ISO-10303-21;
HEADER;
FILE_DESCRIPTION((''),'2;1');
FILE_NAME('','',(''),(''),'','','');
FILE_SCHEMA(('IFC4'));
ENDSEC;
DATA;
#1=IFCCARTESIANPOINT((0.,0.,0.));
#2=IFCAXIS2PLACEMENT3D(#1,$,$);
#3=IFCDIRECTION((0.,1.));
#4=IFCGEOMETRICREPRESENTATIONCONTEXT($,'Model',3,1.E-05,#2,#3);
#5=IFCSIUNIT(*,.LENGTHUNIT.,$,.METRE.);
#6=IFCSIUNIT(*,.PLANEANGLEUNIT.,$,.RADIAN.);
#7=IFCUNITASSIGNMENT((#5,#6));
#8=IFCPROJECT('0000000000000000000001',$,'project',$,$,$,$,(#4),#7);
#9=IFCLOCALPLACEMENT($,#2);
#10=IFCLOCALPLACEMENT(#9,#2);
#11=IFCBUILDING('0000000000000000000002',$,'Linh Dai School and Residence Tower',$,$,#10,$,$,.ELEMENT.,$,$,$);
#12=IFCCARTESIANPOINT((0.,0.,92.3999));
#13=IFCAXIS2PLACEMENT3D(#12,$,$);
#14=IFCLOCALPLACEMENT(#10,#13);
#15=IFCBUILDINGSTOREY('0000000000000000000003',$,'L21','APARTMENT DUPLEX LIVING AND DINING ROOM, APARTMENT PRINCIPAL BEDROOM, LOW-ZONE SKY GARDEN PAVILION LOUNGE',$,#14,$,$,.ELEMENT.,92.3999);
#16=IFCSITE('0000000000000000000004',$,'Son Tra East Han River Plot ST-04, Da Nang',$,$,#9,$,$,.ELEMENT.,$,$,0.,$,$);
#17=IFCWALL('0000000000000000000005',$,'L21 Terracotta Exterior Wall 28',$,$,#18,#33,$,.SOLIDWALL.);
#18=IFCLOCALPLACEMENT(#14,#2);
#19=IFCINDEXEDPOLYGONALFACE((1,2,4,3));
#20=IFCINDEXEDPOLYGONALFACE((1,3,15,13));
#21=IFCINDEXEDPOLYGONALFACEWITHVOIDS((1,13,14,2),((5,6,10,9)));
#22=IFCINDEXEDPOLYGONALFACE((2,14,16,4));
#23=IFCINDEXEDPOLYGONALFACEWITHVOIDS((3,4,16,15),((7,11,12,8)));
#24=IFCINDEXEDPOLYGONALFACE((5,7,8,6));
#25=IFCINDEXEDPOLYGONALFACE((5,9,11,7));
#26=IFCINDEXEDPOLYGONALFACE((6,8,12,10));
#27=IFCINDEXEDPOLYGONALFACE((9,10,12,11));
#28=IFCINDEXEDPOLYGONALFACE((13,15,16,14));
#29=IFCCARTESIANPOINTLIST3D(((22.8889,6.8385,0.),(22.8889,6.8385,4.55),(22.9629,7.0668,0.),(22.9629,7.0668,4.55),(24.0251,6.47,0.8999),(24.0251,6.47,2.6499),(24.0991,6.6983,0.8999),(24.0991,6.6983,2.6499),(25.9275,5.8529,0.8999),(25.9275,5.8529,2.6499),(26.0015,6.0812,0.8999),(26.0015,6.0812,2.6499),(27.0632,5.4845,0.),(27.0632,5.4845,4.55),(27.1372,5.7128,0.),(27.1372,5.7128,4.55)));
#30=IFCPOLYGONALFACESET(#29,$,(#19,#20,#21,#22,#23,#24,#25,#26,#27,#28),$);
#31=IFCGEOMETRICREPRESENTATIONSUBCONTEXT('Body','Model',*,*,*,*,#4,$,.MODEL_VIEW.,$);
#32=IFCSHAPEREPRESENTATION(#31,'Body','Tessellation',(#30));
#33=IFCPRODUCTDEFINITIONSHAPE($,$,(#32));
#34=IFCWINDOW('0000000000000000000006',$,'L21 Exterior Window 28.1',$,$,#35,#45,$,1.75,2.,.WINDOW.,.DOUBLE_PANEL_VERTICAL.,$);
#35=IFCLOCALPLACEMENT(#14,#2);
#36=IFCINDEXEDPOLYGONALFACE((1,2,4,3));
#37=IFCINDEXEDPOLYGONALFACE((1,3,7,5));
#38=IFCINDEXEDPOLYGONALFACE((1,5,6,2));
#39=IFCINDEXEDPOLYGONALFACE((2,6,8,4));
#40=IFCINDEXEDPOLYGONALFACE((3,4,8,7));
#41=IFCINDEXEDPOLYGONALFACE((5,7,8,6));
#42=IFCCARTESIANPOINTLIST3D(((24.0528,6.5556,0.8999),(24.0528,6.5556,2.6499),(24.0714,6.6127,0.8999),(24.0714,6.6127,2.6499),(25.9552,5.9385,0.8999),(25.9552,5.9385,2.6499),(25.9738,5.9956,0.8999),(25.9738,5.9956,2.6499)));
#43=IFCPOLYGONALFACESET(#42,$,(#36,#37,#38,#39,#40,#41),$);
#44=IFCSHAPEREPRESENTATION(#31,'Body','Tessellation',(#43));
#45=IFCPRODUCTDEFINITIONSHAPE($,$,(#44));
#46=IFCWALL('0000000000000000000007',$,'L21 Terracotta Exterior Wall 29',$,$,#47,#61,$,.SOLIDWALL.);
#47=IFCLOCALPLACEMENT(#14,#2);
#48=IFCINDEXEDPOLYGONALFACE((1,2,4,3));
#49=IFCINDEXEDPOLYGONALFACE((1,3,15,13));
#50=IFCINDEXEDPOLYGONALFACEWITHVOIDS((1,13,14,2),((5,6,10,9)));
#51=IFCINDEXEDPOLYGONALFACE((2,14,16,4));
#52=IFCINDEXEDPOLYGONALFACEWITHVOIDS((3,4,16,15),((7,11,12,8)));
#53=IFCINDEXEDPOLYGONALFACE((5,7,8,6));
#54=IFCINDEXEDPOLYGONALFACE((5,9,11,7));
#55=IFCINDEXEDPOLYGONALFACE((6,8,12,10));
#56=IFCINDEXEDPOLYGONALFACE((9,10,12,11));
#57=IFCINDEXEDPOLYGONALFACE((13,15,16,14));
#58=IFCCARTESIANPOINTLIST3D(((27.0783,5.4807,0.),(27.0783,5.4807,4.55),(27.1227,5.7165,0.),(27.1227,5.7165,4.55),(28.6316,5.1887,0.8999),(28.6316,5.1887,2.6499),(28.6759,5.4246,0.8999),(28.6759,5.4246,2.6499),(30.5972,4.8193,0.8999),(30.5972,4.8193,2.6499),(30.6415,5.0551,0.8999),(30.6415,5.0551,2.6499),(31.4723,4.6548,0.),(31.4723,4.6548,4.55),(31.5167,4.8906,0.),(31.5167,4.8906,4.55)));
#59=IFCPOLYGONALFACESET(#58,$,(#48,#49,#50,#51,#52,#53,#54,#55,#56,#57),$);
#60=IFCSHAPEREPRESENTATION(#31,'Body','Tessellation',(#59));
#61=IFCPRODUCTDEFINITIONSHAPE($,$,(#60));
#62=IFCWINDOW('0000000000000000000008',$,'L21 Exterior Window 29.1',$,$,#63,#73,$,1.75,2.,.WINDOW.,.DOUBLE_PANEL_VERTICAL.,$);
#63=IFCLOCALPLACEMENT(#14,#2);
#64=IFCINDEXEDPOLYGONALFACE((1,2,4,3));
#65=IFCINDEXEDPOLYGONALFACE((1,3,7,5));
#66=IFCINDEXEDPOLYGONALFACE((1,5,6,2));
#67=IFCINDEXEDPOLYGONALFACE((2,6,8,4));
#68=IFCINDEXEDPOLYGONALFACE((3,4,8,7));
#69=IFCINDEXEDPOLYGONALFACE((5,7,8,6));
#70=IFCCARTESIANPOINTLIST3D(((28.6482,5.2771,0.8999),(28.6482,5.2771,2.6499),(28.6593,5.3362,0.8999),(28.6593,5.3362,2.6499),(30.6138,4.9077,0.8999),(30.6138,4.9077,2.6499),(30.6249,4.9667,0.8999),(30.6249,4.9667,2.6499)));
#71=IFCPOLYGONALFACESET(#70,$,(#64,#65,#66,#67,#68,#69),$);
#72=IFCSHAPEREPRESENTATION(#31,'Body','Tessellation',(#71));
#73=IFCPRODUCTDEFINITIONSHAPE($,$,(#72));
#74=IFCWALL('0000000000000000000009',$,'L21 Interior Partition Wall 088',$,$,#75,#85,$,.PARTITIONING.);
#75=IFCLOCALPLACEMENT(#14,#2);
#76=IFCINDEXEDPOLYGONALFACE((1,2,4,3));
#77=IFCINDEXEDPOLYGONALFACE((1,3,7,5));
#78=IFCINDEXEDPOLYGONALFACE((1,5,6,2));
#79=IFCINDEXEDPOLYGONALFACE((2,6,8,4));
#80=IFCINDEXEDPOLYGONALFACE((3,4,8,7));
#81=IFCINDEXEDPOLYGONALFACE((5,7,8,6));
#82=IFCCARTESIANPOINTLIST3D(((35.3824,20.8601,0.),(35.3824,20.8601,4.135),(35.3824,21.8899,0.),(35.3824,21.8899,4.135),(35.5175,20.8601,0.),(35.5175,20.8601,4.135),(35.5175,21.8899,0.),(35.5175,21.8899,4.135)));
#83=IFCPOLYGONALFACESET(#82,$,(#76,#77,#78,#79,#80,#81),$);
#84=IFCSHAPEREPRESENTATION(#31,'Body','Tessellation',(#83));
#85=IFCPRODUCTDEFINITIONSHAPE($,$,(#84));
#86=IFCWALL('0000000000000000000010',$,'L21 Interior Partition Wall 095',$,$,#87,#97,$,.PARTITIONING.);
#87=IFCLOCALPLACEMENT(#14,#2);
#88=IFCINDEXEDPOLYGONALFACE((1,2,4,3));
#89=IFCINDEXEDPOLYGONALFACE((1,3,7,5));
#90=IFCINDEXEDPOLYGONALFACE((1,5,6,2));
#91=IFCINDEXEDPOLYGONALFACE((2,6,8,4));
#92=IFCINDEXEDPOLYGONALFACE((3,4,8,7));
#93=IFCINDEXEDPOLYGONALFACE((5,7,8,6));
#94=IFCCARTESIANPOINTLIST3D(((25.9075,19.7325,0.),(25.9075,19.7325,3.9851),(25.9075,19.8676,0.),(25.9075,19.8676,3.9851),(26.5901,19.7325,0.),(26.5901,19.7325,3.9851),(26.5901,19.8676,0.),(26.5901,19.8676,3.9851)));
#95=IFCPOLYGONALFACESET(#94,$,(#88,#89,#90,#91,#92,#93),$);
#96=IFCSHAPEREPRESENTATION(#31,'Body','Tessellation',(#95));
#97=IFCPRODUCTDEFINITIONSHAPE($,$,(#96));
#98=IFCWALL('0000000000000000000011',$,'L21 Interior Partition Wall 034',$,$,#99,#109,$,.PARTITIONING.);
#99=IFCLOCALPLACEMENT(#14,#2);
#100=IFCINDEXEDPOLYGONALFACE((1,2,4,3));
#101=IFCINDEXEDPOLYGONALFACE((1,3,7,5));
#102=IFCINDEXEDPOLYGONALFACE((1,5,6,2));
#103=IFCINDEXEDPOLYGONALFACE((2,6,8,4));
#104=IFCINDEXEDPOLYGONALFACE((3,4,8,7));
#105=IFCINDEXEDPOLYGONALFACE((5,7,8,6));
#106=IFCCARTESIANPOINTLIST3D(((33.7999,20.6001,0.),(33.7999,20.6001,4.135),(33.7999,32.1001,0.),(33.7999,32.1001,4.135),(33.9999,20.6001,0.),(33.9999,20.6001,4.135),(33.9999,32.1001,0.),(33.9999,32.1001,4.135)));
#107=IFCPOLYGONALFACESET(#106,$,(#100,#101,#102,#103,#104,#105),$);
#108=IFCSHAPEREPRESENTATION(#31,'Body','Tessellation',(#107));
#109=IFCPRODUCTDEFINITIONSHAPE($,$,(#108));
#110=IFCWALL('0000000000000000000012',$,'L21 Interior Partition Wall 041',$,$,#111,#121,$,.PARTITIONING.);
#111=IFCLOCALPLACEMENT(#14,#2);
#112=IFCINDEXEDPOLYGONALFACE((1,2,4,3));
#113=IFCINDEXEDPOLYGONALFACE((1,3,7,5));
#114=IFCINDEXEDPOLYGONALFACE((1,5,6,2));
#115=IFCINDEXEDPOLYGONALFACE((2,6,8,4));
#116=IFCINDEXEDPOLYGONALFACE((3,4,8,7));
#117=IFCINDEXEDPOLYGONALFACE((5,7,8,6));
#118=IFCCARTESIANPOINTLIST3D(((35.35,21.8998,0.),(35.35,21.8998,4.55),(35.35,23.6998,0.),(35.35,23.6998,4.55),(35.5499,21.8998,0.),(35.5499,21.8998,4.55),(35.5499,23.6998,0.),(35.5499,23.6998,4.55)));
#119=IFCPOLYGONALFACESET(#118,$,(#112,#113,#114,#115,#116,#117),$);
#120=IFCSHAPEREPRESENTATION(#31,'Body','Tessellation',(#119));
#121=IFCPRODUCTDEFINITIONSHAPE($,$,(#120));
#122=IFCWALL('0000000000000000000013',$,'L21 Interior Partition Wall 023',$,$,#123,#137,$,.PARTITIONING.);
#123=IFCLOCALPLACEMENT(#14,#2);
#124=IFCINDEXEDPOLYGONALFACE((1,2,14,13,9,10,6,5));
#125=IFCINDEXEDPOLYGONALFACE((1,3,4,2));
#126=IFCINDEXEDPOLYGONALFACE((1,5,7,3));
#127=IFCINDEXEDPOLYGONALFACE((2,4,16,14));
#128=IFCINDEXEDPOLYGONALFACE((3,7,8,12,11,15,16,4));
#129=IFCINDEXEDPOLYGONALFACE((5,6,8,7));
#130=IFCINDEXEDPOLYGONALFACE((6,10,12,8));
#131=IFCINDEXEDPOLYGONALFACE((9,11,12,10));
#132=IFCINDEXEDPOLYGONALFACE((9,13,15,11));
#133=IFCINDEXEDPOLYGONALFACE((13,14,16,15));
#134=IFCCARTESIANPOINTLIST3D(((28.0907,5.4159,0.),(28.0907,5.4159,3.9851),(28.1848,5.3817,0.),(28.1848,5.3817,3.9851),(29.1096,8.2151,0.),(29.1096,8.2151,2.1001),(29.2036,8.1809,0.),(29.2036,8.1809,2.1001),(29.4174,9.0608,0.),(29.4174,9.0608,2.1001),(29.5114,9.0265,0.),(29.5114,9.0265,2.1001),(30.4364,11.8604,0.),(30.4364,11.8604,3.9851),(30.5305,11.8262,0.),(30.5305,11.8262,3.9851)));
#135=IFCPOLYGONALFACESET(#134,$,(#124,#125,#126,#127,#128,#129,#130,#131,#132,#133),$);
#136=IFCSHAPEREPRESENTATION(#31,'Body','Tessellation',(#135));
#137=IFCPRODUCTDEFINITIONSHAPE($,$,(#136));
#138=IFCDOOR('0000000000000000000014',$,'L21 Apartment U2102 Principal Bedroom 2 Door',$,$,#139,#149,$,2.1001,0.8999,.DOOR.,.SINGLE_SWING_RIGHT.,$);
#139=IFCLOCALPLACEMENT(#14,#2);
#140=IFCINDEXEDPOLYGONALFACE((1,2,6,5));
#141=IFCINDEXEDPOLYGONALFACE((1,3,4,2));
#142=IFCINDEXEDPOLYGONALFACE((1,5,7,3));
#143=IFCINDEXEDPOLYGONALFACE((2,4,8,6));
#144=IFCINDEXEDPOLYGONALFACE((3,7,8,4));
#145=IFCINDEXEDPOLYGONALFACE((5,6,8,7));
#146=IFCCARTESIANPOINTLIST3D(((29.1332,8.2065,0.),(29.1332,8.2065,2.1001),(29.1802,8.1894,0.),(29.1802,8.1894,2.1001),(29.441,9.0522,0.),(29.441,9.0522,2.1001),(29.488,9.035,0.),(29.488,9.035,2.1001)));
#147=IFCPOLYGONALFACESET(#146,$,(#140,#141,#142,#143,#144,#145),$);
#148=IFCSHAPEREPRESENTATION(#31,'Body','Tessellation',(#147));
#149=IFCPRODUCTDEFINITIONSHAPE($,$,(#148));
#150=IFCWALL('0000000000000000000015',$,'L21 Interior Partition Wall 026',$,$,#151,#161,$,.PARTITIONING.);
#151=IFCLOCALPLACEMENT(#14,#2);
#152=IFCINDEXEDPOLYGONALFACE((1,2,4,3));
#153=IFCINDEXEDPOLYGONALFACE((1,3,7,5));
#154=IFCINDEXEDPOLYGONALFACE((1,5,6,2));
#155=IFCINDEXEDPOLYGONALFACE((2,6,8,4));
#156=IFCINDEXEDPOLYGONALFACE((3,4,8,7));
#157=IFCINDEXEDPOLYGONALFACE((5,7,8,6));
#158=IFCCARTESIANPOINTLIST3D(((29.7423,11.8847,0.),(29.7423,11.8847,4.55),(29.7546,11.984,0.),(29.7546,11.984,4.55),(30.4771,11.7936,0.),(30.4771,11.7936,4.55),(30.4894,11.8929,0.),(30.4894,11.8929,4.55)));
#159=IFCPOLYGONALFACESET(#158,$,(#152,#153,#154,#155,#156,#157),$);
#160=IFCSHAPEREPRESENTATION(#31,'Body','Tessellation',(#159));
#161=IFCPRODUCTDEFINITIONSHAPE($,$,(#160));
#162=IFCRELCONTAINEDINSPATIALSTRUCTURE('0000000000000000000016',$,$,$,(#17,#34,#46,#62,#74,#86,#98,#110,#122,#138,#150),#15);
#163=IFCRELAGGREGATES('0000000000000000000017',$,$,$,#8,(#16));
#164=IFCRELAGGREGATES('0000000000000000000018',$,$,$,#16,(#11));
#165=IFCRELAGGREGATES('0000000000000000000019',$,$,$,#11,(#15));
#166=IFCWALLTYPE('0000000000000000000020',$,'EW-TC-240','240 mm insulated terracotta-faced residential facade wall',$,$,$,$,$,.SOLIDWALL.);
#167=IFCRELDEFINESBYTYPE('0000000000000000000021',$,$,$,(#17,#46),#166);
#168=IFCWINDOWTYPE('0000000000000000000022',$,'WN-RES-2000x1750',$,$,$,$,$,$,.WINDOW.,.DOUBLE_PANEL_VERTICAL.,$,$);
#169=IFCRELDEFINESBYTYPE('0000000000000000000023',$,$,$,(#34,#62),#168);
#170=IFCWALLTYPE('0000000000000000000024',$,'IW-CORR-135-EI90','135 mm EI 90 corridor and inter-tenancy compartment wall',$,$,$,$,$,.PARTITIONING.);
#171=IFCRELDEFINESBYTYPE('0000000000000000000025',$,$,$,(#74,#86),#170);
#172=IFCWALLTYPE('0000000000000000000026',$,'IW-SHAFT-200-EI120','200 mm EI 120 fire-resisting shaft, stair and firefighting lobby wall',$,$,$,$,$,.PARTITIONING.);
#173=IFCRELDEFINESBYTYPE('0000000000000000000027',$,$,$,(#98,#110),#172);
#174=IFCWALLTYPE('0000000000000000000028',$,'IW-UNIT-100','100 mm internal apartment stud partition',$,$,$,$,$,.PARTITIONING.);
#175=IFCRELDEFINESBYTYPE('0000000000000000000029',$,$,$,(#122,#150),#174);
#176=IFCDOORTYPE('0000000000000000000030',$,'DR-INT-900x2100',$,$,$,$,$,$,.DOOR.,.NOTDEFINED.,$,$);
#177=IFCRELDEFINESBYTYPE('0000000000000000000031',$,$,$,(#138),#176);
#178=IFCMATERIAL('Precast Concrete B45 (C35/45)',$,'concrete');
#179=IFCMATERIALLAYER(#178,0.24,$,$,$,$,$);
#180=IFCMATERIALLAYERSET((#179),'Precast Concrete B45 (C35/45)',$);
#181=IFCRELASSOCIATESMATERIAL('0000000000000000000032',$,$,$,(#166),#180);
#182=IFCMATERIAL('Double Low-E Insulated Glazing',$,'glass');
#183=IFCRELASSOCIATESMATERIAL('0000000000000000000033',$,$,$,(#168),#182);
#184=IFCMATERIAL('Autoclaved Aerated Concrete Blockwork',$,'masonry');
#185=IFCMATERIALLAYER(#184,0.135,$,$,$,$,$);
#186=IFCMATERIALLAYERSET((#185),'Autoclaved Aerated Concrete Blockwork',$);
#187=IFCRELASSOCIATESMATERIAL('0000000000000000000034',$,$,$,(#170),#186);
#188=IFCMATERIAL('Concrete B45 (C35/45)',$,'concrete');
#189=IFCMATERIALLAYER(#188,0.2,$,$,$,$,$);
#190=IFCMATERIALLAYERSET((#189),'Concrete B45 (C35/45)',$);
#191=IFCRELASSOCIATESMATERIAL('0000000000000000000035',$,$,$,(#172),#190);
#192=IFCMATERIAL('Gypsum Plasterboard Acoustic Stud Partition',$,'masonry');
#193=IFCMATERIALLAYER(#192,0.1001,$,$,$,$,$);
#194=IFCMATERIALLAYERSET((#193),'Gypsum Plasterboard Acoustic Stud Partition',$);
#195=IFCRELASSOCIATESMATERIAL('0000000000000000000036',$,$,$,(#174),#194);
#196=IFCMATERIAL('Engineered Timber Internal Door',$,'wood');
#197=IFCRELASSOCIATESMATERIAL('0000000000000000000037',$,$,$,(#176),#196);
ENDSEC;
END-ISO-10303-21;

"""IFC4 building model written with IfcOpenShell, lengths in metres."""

from ifc_helpers import new_model, si_unit, direction, frame, frame_2d, origin, origin_2d, place, context, subcontext, project, spatial, rectangle, extrude, source, transform, mapped, material, layer, layer_set, type_object, element, fill, save


model = new_model("IFC4")

# Units and contexts
model_context = context("Model", 3, precision=1e-05, world=origin(), true_north=direction((0.0, 1.0)))
body_context = subcontext(model_context, "Body", "Model", "MODEL_VIEW")
ifc_project = project(units=[si_unit("LENGTHUNIT", "METRE"), si_unit("PLANEANGLEUNIT", "RADIAN")], contexts=[model_context])

# Site, building, storey
site_placement = place(None, origin())
site = spatial("IfcSite", under=ifc_project, at=site_placement, Name="Son Tra East Han River Plot ST-04, Da Nang", CompositionType="ELEMENT", RefElevation=0.0)
building_placement = place(site_placement, origin())
building = spatial("IfcBuilding", under=site, at=building_placement, Name="Linh Dai School and Residence Tower", CompositionType="ELEMENT")
storey_placement = place(building_placement, frame((0.0, 0.0, 92.3999)))
storey = spatial("IfcBuildingStorey", under=building, at=storey_placement, Name="L21", Description="APARTMENT DUPLEX LIVING AND DINING ROOM, APARTMENT PRINCIPAL BEDROOM, LOW-ZONE SKY GARDEN PAVILION LOUNGE", CompositionType="ELEMENT", Elevation=92.3999)

# Shared definitions
ifc_material_1 = material(Name="Precast Concrete B45 (C35/45)", Category="concrete")

# Walls, openings, windows
ifc_layer_1 = layer(ifc_material_1, 0.24)
ifc_layer_set_1 = layer_set([ifc_layer_1], Name="Precast Concrete B45 (C35/45)")
wall_type_1 = type_object("IfcWallType", Name="EW-TC-240", Description="240 mm insulated terracotta-faced residential facade wall", PredefinedType="SOLIDWALL", material=ifc_layer_set_1)
wall_1_placement = place(storey_placement, frame((27.1003, 5.5986, 0.0), z_axis=(0.0, 0.0, 1.0), x_axis=(-0.951211, 0.30854, 0.0)))
wall_1 = element("IfcWall", 1, at=wall_1_placement, inside=storey, type_object=wall_type_1, Name="L21 Terracotta Exterior Wall 28", PredefinedType="SOLIDWALL", context=body_context, shape_type="SweptSolid", body=[
    extrude(rectangle(XDim=4.3884, YDim=0.24, at=frame_2d((2.1943, 0.0))), origin(), (0.0, 0.0, 1.0), 4.55),
])
opening_1_placement = place(wall_1_placement, frame((1.1941, 0.0, 0.8999)))
opening_1 = element("IfcOpeningElement", 2, at=opening_1_placement, cuts=wall_1, PredefinedType="OPENING", context=body_context, shape_type="SweptSolid", body=[
    extrude(rectangle(XDim=2.0, YDim=1.75, at=origin_2d()), frame((1.0, 0.1299, 0.875), z_axis=(0.0, -1.0, 0.0), x_axis=(1.0, 0.0, 0.0)), (0.0, 0.0, 1.0), 0.26),
])
ifc_material_2 = material(Name="Double Low-E Insulated Glazing", Category="glass")
window_type = type_object("IfcWindowType", Name="WN-RES-2000x1750", PartitioningType="DOUBLE_PANEL_VERTICAL", PredefinedType="WINDOW", material=ifc_material_2)
shared_shape_1 = source(origin(), body_context, "Body", "SweptSolid", [
    extrude(rectangle(XDim=2.0, YDim=1.75, at=origin_2d()), frame((1.0, 0.03, 0.875), z_axis=(0.0, -1.0, 0.0), x_axis=(1.0, 0.0, 0.0)), (0.0, 0.0, 1.0), 0.0601),
])
window_1_placement = place(opening_1_placement, origin())
window_1 = element("IfcWindow", 3, at=window_1_placement, inside=storey, type_object=window_type, Name="L21 Exterior Window 28.1", OverallHeight=1.75, OverallWidth=2.0, PartitioningType="DOUBLE_PANEL_VERTICAL", PredefinedType="WINDOW", context=body_context, shape_type="MappedRepresentation", body=[
    mapped(shared_shape_1, transform((0.0, 0.0, 0.0), x_axis=(1.0, 0.0, 0.0), y_axis=(0.0, 1.0, 0.0), z_axis=(0.0, 0.0, 1.0), scale=1.0)),
])
fill(opening_1, window_1)
wall_2_placement = place(storey_placement, frame((31.4944, 4.7727, 0.0), z_axis=(0.0, 0.0, 1.0), x_axis=(-0.982789, 0.18473, 0.0)))
wall_2 = element("IfcWall", 4, at=wall_2_placement, inside=storey, type_object=wall_type_1, Name="L21 Terracotta Exterior Wall 29", PredefinedType="SOLIDWALL", context=body_context, shape_type="SweptSolid", body=[
    extrude(rectangle(XDim=4.4709, YDim=0.24, at=frame_2d((2.2354, 0.0))), origin(), (0.0, 0.0, 1.0), 4.55),
])
opening_2_placement = place(wall_2_placement, frame((0.8904, 0.0, 0.8999)))
opening_2 = element("IfcOpeningElement", 5, at=opening_2_placement, cuts=wall_2, PredefinedType="OPENING", context=body_context, shape_type="SweptSolid", body=[
    extrude(rectangle(XDim=2.0, YDim=1.75, at=origin_2d()), frame((1.0, 0.1299, 0.875), z_axis=(0.0, -1.0, 0.0), x_axis=(1.0, 0.0, 0.0)), (0.0, 0.0, 1.0), 0.26),
])
window_2_placement = place(opening_2_placement, origin())
window_2 = element("IfcWindow", 6, at=window_2_placement, inside=storey, type_object=window_type, Name="L21 Exterior Window 29.1", OverallHeight=1.75, OverallWidth=2.0, PartitioningType="DOUBLE_PANEL_VERTICAL", PredefinedType="WINDOW", context=body_context, shape_type="MappedRepresentation", body=[
    mapped(shared_shape_1, transform((0.0, 0.0, 0.0), x_axis=(1.0, 0.0, 0.0), y_axis=(0.0, 1.0, 0.0), z_axis=(0.0, 0.0, 1.0), scale=1.0)),
])
fill(opening_2, window_2)

# Walls
ifc_material_3 = material(Name="Autoclaved Aerated Concrete Blockwork", Category="masonry")
ifc_layer_2 = layer(ifc_material_3, 0.135)
ifc_layer_set_2 = layer_set([ifc_layer_2], Name="Autoclaved Aerated Concrete Blockwork")
wall_type_2 = type_object("IfcWallType", Name="IW-CORR-135-EI90", Description="135 mm EI 90 corridor and inter-tenancy compartment wall", PredefinedType="PARTITIONING", material=ifc_layer_set_2)
wall_3_placement = place(storey_placement, frame((35.45, 21.8899, 0.0), z_axis=(0.0, 0.0, 1.0), x_axis=(0.0, -1.0, 0.0)))
element("IfcWall", 7, at=wall_3_placement, inside=storey, type_object=wall_type_2, Name="L21 Interior Partition Wall 088", PredefinedType="PARTITIONING", context=body_context, shape_type="SweptSolid", body=[
    extrude(rectangle(XDim=1.0298, YDim=0.135, at=frame_2d((0.5149, 0.0))), origin(), (0.0, 0.0, 1.0), 4.135),
])
wall_4_placement = place(storey_placement, frame((25.9075, 19.8, 0.0), z_axis=(0.0, 0.0, 1.0), x_axis=(1.0, 0.0, 0.0)))
element("IfcWall", 8, at=wall_4_placement, inside=storey, type_object=wall_type_2, Name="L21 Interior Partition Wall 095", PredefinedType="PARTITIONING", context=body_context, shape_type="SweptSolid", body=[
    extrude(rectangle(XDim=0.6826, YDim=0.135, at=frame_2d((0.3413, 0.0))), origin(), (0.0, 0.0, 1.0), 3.9851),
])
ifc_material_4 = material(Name="Concrete B45 (C35/45)", Category="concrete")
ifc_layer_3 = layer(ifc_material_4, 0.2)
ifc_layer_set_3 = layer_set([ifc_layer_3], Name="Concrete B45 (C35/45)")
wall_type_3 = type_object("IfcWallType", Name="IW-SHAFT-200-EI120", Description="200 mm EI 120 fire-resisting shaft, stair and firefighting lobby wall", PredefinedType="PARTITIONING", material=ifc_layer_set_3)
wall_5_placement = place(storey_placement, frame((33.8999, 20.6001, 0.0), z_axis=(0.0, 0.0, 1.0), x_axis=(0.0, 1.0, 0.0)))
element("IfcWall", 9, at=wall_5_placement, inside=storey, type_object=wall_type_3, Name="L21 Interior Partition Wall 034", PredefinedType="PARTITIONING", context=body_context, shape_type="SweptSolid", body=[
    extrude(rectangle(XDim=11.5, YDim=0.2, at=frame_2d((5.75, 0.0))), origin(), (0.0, 0.0, 1.0), 4.135),
])
wall_6_placement = place(storey_placement, frame((35.45, 21.8999, 0.0), z_axis=(0.0, 0.0, 1.0), x_axis=(0.0, 1.0, 0.0)))
element("IfcWall", 10, at=wall_6_placement, inside=storey, type_object=wall_type_3, Name="L21 Interior Partition Wall 041", PredefinedType="PARTITIONING", context=body_context, shape_type="SweptSolid", body=[
    extrude(rectangle(XDim=1.8, YDim=0.2, at=frame_2d((0.8999, 0.0))), origin(), (0.0, 0.0, 1.0), 4.55),
])

# Wall, opening, door
ifc_material_5 = material(Name="Gypsum Plasterboard Acoustic Stud Partition", Category="masonry")
ifc_layer_4 = layer(ifc_material_5, 0.1001)
ifc_layer_set_4 = layer_set([ifc_layer_4], Name="Gypsum Plasterboard Acoustic Stud Partition")
wall_type_4 = type_object("IfcWallType", Name="IW-UNIT-100", Description="100 mm internal apartment stud partition", PredefinedType="PARTITIONING", material=ifc_layer_set_4)
wall_7_placement = place(storey_placement, frame((28.1377, 5.3987, 0.0), z_axis=(0.0, 0.0, 1.0), x_axis=(0.342029, 0.939689, 0.0)))
wall_7 = element("IfcWall", 11, at=wall_7_placement, inside=storey, type_object=wall_type_4, Name="L21 Interior Partition Wall 023", PredefinedType="PARTITIONING", context=body_context, shape_type="SweptSolid", body=[
    extrude(rectangle(XDim=6.8582, YDim=0.1001, at=frame_2d((3.4292, 0.0))), origin(), (0.0, 0.0, 1.0), 3.9851),
])
opening_3_placement = place(wall_7_placement, frame((2.979, 0.0, 0.0)))
opening_3 = element("IfcOpeningElement", 12, at=opening_3_placement, cuts=wall_7, PredefinedType="OPENING", context=body_context, shape_type="SweptSolid", body=[
    extrude(rectangle(XDim=0.8999, YDim=2.1001, at=origin_2d()), frame((0.45, 0.0601, 1.05), z_axis=(0.0, -1.0, 0.0), x_axis=(1.0, 0.0, 0.0)), (0.0, 0.0, 1.0), 0.1201),
])
ifc_material_6 = material(Name="Engineered Timber Internal Door", Category="wood")
door_type_1 = type_object("IfcDoorType", Name="DR-INT-900x2100", OperationType="NOTDEFINED", PredefinedType="DOOR", material=ifc_material_6)
shared_shape_2 = source(origin(), body_context, "Body", "SweptSolid", [
    extrude(rectangle(XDim=0.8999, YDim=2.1001, at=origin_2d()), frame((0.45, 0.0249, 1.05), z_axis=(0.0, -1.0, 0.0), x_axis=(1.0, 0.0, 0.0)), (0.0, 0.0, 1.0), 0.05),
])
door_1_placement = place(opening_3_placement, origin())
door_1 = element("IfcDoor", 13, at=door_1_placement, inside=storey, type_object=door_type_1, Name="L21 Apartment U2102 Principal Bedroom 2 Door", OperationType="SINGLE_SWING_RIGHT", OverallHeight=2.1001, OverallWidth=0.8999, PredefinedType="DOOR", context=body_context, shape_type="MappedRepresentation", body=[
    mapped(shared_shape_2, transform((0.0, 0.0, 0.0), x_axis=(1.0, 0.0, 0.0), y_axis=(0.0, 1.0, 0.0), z_axis=(0.0, 0.0, 1.0), scale=1.0)),
])
fill(opening_3, door_1)

# Wall
wall_8_placement = place(storey_placement, frame((29.7485, 11.9343, 0.0), z_axis=(0.0, 0.0, 1.0), x_axis=(0.992409, -0.12298, 0.0)))
element("IfcWall", 14, at=wall_8_placement, inside=storey, type_object=wall_type_4, Name="L21 Interior Partition Wall 026", PredefinedType="PARTITIONING", context=body_context, shape_type="SweptSolid", body=[
    extrude(rectangle(XDim=0.7405, YDim=0.1001, at=frame_2d((0.3701, 0.0))), origin(), (0.0, 0.0, 1.0), 4.55),
])

save(model, "model.ifc")
